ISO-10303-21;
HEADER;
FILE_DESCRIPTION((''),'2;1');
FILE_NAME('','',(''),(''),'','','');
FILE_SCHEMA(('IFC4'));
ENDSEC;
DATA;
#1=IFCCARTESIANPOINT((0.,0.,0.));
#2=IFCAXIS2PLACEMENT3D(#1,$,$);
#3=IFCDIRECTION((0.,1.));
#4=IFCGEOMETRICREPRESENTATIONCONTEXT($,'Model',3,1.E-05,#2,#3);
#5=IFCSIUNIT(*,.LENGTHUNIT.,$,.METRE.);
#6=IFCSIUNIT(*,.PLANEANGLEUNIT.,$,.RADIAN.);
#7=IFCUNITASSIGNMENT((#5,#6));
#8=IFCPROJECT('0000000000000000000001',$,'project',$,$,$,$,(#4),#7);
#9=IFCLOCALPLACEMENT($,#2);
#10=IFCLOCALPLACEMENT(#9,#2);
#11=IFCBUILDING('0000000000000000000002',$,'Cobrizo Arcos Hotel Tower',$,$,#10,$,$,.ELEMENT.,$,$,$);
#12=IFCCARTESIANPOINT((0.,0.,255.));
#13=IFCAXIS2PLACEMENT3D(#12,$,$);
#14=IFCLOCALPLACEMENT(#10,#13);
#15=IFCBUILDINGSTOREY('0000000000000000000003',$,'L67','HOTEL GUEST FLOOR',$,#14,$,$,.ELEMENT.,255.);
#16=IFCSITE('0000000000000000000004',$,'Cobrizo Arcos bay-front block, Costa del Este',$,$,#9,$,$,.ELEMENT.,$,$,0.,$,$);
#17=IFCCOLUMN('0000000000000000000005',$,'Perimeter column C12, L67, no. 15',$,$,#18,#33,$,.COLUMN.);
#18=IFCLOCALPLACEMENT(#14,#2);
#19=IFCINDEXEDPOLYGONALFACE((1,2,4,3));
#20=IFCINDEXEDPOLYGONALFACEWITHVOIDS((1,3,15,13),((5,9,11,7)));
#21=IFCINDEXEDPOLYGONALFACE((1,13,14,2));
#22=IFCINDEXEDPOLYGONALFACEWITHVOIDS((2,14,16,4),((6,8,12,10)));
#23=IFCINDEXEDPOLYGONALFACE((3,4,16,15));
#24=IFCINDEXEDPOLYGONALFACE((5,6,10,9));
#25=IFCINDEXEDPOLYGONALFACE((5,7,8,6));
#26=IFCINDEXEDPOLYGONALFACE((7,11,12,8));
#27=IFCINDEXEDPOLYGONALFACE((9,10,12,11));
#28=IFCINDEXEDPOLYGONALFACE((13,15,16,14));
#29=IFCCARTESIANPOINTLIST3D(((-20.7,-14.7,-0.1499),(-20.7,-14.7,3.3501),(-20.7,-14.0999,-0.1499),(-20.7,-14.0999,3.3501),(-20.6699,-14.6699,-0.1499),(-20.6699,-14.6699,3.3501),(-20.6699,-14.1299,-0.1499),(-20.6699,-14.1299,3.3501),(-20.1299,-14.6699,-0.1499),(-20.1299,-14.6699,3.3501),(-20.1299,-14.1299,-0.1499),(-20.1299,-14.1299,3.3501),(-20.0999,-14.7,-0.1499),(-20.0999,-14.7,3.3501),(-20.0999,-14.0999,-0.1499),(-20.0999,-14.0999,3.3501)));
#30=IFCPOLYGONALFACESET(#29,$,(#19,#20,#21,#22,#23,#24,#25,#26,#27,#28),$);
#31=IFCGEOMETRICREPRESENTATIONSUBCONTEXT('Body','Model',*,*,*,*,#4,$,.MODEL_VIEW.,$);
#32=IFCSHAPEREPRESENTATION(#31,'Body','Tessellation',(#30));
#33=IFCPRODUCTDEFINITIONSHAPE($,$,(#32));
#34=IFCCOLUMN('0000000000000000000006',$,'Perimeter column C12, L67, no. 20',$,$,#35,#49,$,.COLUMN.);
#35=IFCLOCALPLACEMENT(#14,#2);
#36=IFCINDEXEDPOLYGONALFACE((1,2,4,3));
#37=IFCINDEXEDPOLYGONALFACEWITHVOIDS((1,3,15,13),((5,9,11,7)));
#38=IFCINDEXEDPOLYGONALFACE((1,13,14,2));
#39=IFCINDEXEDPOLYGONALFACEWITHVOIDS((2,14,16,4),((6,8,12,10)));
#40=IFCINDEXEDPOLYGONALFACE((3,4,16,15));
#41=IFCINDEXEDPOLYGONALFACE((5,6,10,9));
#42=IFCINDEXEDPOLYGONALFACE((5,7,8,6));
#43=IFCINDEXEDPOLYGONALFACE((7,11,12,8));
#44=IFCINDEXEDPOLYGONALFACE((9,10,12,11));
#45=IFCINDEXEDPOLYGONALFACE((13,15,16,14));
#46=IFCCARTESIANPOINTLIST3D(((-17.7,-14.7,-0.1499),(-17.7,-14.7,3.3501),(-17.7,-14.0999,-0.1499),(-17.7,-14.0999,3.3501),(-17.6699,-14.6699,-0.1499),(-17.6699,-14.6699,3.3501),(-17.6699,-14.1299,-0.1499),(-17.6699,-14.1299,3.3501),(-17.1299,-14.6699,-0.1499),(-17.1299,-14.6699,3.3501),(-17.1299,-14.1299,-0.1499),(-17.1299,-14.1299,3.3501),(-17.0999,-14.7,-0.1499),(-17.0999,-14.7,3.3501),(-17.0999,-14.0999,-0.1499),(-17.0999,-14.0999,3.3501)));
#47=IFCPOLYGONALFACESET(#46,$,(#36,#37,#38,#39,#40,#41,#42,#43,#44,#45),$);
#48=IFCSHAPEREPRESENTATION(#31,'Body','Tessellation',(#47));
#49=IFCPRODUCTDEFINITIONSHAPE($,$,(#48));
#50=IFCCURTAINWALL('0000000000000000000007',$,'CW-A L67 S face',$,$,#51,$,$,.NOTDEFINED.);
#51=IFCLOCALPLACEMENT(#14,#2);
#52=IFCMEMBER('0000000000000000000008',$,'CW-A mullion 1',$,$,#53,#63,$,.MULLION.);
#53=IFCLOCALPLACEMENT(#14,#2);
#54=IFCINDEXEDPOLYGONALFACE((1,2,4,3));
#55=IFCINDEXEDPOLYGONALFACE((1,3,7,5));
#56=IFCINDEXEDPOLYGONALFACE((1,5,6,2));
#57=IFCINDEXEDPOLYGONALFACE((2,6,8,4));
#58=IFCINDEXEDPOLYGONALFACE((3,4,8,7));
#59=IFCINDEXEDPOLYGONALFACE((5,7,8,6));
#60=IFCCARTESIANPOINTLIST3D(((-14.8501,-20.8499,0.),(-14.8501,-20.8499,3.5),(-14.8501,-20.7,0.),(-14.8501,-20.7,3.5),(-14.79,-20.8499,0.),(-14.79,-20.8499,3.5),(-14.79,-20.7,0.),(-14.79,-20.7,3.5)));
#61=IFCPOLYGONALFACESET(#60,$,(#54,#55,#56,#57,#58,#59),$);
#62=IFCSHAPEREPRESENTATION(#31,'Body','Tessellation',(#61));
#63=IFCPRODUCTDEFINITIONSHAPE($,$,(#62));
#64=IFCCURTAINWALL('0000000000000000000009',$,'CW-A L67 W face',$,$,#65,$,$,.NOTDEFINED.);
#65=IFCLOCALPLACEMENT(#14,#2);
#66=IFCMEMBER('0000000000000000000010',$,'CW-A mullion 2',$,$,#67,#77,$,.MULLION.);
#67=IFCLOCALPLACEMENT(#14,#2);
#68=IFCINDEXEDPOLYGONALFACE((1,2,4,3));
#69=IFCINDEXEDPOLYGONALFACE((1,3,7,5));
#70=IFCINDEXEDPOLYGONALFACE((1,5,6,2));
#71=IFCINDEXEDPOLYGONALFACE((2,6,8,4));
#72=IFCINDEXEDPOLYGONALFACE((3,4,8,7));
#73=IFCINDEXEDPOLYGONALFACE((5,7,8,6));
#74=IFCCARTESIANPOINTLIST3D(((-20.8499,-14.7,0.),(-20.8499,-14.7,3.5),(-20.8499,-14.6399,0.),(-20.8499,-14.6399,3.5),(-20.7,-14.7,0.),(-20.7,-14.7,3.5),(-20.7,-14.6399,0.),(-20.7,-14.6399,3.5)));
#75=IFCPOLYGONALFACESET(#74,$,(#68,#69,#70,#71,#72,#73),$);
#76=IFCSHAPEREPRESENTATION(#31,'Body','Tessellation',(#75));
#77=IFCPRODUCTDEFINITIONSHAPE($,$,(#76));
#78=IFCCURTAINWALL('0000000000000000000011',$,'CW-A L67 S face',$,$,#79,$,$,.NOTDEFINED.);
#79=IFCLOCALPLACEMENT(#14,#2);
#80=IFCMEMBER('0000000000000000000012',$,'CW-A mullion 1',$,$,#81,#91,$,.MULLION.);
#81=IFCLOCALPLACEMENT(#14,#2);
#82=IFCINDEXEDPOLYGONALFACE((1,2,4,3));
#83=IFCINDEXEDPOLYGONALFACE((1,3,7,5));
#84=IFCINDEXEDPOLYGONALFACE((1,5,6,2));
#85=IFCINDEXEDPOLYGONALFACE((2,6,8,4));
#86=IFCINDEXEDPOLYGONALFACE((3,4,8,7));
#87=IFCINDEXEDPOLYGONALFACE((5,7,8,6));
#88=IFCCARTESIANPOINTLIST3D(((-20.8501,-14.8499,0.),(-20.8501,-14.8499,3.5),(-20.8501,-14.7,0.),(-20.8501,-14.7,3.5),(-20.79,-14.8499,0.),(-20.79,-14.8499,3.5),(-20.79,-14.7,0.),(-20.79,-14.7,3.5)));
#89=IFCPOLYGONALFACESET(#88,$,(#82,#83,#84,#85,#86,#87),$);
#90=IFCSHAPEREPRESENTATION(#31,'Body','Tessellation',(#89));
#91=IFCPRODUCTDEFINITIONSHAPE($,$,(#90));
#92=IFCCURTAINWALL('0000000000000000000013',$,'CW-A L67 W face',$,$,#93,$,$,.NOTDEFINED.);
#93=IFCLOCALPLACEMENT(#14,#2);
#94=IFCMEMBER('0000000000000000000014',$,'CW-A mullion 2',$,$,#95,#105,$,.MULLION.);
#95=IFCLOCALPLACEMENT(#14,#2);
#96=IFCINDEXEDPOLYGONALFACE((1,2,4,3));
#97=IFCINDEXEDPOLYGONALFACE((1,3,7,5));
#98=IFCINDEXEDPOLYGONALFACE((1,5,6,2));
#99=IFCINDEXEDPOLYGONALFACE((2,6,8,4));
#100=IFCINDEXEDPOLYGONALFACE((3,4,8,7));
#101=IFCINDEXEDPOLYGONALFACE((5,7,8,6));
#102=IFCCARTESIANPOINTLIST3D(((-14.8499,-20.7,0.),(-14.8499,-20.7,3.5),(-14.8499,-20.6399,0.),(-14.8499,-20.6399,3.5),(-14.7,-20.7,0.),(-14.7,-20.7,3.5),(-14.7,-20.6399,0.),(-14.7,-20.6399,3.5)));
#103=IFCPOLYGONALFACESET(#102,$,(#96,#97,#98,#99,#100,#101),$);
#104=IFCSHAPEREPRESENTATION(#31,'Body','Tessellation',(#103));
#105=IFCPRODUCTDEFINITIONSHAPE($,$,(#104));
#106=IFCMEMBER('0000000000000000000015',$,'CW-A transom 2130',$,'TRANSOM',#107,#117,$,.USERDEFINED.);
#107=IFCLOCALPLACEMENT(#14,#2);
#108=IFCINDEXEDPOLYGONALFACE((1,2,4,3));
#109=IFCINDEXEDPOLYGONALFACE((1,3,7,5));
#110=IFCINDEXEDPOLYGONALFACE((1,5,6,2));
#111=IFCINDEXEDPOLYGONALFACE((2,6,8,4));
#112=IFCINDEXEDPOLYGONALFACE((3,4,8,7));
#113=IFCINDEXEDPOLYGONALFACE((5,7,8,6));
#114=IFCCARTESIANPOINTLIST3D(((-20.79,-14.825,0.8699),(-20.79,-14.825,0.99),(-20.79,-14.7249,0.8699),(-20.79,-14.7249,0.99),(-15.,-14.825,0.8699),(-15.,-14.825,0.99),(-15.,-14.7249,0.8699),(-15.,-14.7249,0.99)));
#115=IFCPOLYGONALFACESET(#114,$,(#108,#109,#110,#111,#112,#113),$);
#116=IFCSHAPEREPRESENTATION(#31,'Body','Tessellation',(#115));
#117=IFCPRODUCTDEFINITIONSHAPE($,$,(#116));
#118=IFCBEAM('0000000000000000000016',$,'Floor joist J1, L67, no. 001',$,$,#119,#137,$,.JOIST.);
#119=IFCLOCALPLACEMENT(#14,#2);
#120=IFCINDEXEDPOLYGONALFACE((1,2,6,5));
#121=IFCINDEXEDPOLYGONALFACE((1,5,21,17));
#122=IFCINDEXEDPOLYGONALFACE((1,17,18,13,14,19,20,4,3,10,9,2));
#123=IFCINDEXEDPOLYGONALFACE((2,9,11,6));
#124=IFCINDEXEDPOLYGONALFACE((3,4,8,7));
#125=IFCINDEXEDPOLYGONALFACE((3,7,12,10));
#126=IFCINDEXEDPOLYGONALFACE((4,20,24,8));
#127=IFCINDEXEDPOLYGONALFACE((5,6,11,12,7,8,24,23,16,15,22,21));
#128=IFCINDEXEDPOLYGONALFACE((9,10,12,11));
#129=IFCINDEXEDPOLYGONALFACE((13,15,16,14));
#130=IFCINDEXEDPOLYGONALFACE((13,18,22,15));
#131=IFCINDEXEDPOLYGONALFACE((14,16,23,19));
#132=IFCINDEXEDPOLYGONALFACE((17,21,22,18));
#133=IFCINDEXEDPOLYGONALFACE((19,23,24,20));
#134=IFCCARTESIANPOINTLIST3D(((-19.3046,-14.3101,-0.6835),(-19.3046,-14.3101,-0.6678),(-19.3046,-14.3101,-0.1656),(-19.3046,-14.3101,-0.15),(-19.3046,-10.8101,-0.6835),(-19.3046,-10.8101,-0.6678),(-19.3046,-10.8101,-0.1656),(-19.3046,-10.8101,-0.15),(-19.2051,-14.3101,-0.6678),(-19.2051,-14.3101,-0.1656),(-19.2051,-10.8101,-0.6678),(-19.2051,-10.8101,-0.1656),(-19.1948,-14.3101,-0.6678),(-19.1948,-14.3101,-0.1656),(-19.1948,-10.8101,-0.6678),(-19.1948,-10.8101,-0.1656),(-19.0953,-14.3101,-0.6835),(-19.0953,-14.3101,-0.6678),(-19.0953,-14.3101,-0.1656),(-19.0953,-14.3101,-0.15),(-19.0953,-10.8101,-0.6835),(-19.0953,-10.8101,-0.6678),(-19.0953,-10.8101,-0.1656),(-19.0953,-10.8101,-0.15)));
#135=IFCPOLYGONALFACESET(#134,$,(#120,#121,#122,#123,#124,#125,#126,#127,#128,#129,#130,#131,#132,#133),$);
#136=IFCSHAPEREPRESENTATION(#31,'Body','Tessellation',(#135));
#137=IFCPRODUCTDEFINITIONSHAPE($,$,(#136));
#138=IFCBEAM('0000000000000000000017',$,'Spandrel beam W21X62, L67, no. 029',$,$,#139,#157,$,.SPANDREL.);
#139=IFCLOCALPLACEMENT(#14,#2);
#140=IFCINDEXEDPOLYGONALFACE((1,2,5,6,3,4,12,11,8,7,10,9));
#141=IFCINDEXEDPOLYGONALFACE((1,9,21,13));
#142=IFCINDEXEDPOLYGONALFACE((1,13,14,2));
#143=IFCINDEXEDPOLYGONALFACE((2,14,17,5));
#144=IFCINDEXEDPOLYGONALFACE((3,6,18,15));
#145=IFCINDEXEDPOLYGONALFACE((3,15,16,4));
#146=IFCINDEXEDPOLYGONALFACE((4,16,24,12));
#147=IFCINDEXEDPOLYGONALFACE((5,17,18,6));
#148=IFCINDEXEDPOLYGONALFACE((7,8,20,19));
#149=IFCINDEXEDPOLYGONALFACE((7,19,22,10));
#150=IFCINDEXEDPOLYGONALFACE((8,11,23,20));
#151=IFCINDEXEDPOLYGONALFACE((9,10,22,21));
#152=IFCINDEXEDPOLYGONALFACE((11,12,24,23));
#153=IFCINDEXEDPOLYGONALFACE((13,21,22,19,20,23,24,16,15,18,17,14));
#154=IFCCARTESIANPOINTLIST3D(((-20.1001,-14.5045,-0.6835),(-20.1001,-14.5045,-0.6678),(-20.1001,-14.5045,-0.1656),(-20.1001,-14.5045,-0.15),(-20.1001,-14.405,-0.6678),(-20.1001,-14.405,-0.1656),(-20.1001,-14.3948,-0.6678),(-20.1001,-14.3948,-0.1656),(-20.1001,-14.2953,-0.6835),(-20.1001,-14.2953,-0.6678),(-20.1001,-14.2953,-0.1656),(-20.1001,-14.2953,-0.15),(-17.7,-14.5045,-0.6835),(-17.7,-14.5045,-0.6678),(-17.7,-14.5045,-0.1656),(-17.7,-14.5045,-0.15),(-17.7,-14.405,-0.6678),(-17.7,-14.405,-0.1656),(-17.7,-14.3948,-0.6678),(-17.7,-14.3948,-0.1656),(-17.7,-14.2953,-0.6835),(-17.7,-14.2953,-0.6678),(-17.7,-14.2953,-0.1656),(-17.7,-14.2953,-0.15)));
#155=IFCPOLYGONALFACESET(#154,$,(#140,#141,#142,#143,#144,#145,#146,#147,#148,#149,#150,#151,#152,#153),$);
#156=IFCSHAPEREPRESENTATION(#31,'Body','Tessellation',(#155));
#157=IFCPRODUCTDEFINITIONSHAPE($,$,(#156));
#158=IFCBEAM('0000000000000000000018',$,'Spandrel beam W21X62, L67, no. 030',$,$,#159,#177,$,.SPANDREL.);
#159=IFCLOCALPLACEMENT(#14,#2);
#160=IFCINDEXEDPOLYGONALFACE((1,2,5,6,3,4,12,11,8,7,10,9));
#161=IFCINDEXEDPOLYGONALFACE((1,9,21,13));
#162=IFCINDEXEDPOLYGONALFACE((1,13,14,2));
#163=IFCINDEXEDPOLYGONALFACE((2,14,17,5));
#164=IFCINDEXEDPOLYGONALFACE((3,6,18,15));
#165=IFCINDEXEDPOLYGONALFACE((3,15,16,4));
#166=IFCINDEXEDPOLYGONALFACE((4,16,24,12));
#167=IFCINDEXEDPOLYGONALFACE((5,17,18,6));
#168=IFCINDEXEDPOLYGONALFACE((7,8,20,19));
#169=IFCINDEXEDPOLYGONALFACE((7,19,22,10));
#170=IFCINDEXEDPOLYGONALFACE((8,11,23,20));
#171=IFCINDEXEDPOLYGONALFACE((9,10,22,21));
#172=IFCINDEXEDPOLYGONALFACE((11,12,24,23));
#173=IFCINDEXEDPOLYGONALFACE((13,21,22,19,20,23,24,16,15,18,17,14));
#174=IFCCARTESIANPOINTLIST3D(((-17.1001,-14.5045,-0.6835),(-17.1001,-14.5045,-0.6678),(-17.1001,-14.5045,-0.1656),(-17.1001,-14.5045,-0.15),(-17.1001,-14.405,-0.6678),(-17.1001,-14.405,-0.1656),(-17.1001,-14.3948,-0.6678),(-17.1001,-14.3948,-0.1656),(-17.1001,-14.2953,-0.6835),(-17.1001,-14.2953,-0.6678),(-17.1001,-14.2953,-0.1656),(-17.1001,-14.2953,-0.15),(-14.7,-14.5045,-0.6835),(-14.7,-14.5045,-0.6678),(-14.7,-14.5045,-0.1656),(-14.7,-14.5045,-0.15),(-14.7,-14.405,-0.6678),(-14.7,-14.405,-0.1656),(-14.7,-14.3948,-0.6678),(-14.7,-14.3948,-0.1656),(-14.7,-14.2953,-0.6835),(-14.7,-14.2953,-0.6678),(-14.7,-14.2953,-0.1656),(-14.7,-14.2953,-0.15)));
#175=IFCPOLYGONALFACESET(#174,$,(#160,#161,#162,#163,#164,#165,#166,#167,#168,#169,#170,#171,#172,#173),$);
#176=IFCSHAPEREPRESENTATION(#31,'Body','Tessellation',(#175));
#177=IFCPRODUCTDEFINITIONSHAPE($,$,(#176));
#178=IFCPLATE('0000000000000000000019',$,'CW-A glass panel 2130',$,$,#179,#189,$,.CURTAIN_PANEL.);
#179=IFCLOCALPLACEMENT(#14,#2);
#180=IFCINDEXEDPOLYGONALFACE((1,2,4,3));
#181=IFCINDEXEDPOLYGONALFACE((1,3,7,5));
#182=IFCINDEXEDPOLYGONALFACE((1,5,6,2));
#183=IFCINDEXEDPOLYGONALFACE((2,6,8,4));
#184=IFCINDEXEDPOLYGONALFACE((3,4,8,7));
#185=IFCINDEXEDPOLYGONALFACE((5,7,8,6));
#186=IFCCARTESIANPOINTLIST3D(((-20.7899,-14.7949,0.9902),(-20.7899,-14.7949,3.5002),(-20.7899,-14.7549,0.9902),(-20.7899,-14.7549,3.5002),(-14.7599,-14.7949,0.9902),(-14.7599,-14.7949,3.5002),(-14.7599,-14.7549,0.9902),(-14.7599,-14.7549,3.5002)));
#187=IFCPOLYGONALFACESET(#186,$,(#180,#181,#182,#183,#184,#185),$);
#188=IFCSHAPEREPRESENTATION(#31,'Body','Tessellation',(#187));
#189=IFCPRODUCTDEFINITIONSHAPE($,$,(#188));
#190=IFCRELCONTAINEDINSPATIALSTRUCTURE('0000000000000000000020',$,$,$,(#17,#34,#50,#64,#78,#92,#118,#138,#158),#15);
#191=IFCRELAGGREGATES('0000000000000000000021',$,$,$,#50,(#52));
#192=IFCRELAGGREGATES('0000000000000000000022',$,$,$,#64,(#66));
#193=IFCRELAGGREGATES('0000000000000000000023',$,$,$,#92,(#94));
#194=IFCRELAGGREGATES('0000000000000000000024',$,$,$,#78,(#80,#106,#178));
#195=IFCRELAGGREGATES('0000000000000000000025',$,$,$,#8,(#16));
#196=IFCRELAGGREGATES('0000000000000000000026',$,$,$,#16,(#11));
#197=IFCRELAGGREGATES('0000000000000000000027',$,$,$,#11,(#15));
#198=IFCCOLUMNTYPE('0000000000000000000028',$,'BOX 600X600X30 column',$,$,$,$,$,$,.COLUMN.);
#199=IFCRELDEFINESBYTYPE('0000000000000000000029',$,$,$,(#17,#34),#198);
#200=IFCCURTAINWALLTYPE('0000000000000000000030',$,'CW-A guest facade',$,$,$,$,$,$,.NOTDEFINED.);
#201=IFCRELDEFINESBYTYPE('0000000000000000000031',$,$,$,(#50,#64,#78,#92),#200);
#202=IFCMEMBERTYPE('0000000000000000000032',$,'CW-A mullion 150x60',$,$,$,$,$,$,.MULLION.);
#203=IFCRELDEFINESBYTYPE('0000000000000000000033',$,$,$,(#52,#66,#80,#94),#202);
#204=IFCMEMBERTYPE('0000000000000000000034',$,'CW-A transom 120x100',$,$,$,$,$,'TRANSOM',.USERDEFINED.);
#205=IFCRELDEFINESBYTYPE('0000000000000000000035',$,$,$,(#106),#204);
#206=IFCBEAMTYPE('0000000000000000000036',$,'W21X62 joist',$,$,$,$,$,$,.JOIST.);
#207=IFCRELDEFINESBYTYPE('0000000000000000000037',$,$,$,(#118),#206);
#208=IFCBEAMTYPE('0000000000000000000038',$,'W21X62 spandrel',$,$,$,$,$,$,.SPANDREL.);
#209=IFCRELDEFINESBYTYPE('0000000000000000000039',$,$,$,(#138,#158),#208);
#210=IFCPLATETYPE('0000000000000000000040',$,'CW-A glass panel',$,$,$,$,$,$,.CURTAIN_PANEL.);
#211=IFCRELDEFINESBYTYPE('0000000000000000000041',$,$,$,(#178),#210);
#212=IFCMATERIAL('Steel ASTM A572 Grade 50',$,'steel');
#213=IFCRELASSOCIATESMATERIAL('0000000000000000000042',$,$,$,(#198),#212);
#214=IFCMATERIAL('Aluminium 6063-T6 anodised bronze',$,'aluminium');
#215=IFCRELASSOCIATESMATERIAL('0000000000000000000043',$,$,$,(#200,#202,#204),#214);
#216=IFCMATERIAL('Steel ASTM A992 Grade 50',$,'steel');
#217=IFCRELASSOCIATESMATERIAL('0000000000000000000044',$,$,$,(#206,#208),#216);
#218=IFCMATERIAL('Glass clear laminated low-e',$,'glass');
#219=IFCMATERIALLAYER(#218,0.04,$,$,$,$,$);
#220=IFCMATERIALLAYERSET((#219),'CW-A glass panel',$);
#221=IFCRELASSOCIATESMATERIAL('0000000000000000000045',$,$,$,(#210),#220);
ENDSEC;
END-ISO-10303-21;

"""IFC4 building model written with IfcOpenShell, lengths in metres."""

from ifc_helpers import new_model, si_unit, direction, frame, origin, origin_2d, place, context, subcontext, project, spatial, rectangle, hollow_rectangle, i_section, extrude, material, layer, layer_set, material_profile, profile_set, type_object, element, aggregate, save


model = new_model("IFC4")

# Units and contexts
model_context = context("Model", 3, precision=1e-05, world=origin(), true_north=direction((0.0, 1.0)))
body_context = subcontext(model_context, "Body", "Model", "MODEL_VIEW")
ifc_project = project(units=[si_unit("LENGTHUNIT", "METRE"), si_unit("PLANEANGLEUNIT", "RADIAN")], contexts=[model_context])

# Site, building, storey
site_placement = place(None, origin())
site = spatial("IfcSite", under=ifc_project, at=site_placement, Name="Cobrizo Arcos bay-front block, Costa del Este", CompositionType="ELEMENT", RefElevation=0.0)
building_placement = place(site_placement, origin())
building = spatial("IfcBuilding", under=site, at=building_placement, Name="Cobrizo Arcos Hotel Tower", CompositionType="ELEMENT")
storey_placement = place(building_placement, frame((0.0, 0.0, 255.0)))
storey = spatial("IfcBuildingStorey", under=building, at=storey_placement, Name="L67", Description="HOTEL GUEST FLOOR", CompositionType="ELEMENT", Elevation=255.0)

# Columns
ifc_material_1 = material(Name="Steel ASTM A572 Grade 50", Category="steel")
ifc_material_profile_1 = material_profile(ifc_material_1, hollow_rectangle(XDim=0.6001, YDim=0.6001, WallThickness=0.03, at=origin_2d()), Name="BOX 600X600X30")
ifc_profile_set_1 = profile_set([ifc_material_profile_1], Name="Steel ASTM A572 Grade 50")
column_type = type_object("IfcColumnType", Name="BOX 600X600X30 column", PredefinedType="COLUMN", material=ifc_profile_set_1)
for number, where, z_axis, x_axis, name in (
    (1, (-20.3999, -14.3999, -0.1499), (0.0, 0.0, 1.0), (1.0, 0.0, 0.0), "Perimeter column C12, L67, no. 15"),
    (2, (-17.3999, -14.3999, -0.1499), (0.0, 0.0, 1.0), (1.0, 0.0, 0.0), "Perimeter column C12, L67, no. 20"),
):
    element("IfcColumn", number, at=place(storey_placement, frame(where, z_axis=z_axis, x_axis=x_axis)), inside=storey, type_object=column_type, Name=name, PredefinedType="COLUMN", context=body_context, shape_type="SweptSolid", body=[
        extrude(hollow_rectangle(XDim=0.6001, YDim=0.6001, WallThickness=0.03, at=origin_2d()), origin(), (0.0, 0.0, 1.0), 3.5),
    ])

# Curtain walls, members
ifc_material_2 = material(Name="Aluminium 6063-T6 anodised bronze", Category="aluminium")
curtain_wall_type = type_object("IfcCurtainWallType", Name="CW-A guest facade", PredefinedType="NOTDEFINED", material=ifc_material_2)
curtain_wall_1_placement = place(storey_placement, origin())
curtain_wall_1 = element("IfcCurtainWall", 3, at=curtain_wall_1_placement, inside=storey, type_object=curtain_wall_type, Name="CW-A L67 S face", PredefinedType="NOTDEFINED")
ifc_material_profile_2 = material_profile(ifc_material_2, rectangle(XDim=0.1499, YDim=0.0601, at=origin_2d()), Name="CW-A mullion 150x60")
ifc_profile_set_2 = profile_set([ifc_material_profile_2], Name="Aluminium 6063-T6 anodised bronze")
member_type_1 = type_object("IfcMemberType", Name="CW-A mullion 150x60", PredefinedType="MULLION", material=ifc_profile_set_2)
member_1_placement = place(storey_placement, frame((-14.8201, -20.7749, 0.0), z_axis=(0.0, 0.0, 1.0), x_axis=(0.0, -1.0, 0.0)))
member_1 = element("IfcMember", 4, at=member_1_placement, type_object=member_type_1, Name="CW-A mullion 1", PredefinedType="MULLION", context=body_context, shape_type="SweptSolid", body=[
    extrude(rectangle(XDim=0.1499, YDim=0.0601, at=origin_2d()), origin(), (0.0, 0.0, 1.0), 3.5),
])
aggregate(curtain_wall_1, [member_1])
curtain_wall_2_placement = place(storey_placement, origin())
curtain_wall_2 = element("IfcCurtainWall", 5, at=curtain_wall_2_placement, inside=storey, type_object=curtain_wall_type, Name="CW-A L67 W face", PredefinedType="NOTDEFINED")
member_2_placement = place(storey_placement, frame((-20.7749, -14.6699, 0.0), z_axis=(0.0, 0.0, 1.0), x_axis=(-1.0, 0.0, 0.0)))
member_2 = element("IfcMember", 6, at=member_2_placement, type_object=member_type_1, Name="CW-A mullion 2", PredefinedType="MULLION", context=body_context, shape_type="SweptSolid", body=[
    extrude(rectangle(XDim=0.1499, YDim=0.0601, at=origin_2d()), origin(), (0.0, 0.0, 1.0), 3.5),
])
aggregate(curtain_wall_2, [member_2])
curtain_wall_3_placement = place(storey_placement, origin())
curtain_wall_3 = element("IfcCurtainWall", 7, at=curtain_wall_3_placement, inside=storey, type_object=curtain_wall_type, Name="CW-A L67 S face", PredefinedType="NOTDEFINED")
member_3_placement = place(storey_placement, frame((-20.8201, -14.7749, 0.0), z_axis=(0.0, 0.0, 1.0), x_axis=(0.0, -1.0, 0.0)))
member_3 = element("IfcMember", 8, at=member_3_placement, type_object=member_type_1, Name="CW-A mullion 1", PredefinedType="MULLION", context=body_context, shape_type="SweptSolid", body=[
    extrude(rectangle(XDim=0.1499, YDim=0.0601, at=origin_2d()), origin(), (0.0, 0.0, 1.0), 3.5),
])
curtain_wall_4_placement = place(storey_placement, origin())
curtain_wall_4 = element("IfcCurtainWall", 9, at=curtain_wall_4_placement, inside=storey, type_object=curtain_wall_type, Name="CW-A L67 W face", PredefinedType="NOTDEFINED")
member_4_placement = place(storey_placement, frame((-14.7749, -20.6699, 0.0), z_axis=(0.0, 0.0, 1.0), x_axis=(-1.0, 0.0, 0.0)))
member_4 = element("IfcMember", 10, at=member_4_placement, type_object=member_type_1, Name="CW-A mullion 2", PredefinedType="MULLION", context=body_context, shape_type="SweptSolid", body=[
    extrude(rectangle(XDim=0.1499, YDim=0.0601, at=origin_2d()), origin(), (0.0, 0.0, 1.0), 3.5),
])
aggregate(curtain_wall_4, [member_4])

# Member
ifc_material_profile_3 = material_profile(ifc_material_2, rectangle(XDim=0.1001, YDim=0.1201, at=origin_2d()), Name="CW-A transom 120x100")
ifc_profile_set_3 = profile_set([ifc_material_profile_3], Name="Aluminium 6063-T6 anodised bronze")
member_type_2 = type_object("IfcMemberType", Name="CW-A transom 120x100", ElementType="TRANSOM", PredefinedType="USERDEFINED", material=ifc_profile_set_3)
member_5_placement = place(storey_placement, frame((-20.79, -14.7749, 0.9299), z_axis=(1.0, 0.0, 0.0), x_axis=(0.0, 1.0, 0.0)))
member_5 = element("IfcMember", 11, at=member_5_placement, type_object=member_type_2, Name="CW-A transom 2130", ObjectType="TRANSOM", PredefinedType="USERDEFINED", context=body_context, shape_type="SweptSolid", body=[
    extrude(rectangle(XDim=0.1001, YDim=0.1201, at=origin_2d()), origin(), (0.0, 0.0, 1.0), 5.79),
])

# Beams
ifc_material_3 = material(Name="Steel ASTM A992 Grade 50", Category="steel")
ifc_material_profile_4 = material_profile(ifc_material_3, i_section(OverallWidth=0.2092, OverallDepth=0.5334, WebThickness=0.0103, FlangeThickness=0.0156, at=origin_2d()), Name="W21X62")
ifc_profile_set_4 = profile_set([ifc_material_profile_4], Name="Steel ASTM A992 Grade 50")
beam_type_1 = type_object("IfcBeamType", Name="W21X62 joist", PredefinedType="JOIST", material=ifc_profile_set_4)
beam_placement = place(storey_placement, frame((-19.2, -14.3101, -0.4167), z_axis=(0.0, 1.0, 0.0), x_axis=(-1.0, 0.0, 0.0)))
element("IfcBeam", 12, at=beam_placement, inside=storey, type_object=beam_type_1, Name="Floor joist J1, L67, no. 001", PredefinedType="JOIST", context=body_context, shape_type="SweptSolid", body=[
    extrude(i_section(OverallWidth=0.2092, OverallDepth=0.5334, WebThickness=0.0103, FlangeThickness=0.0156, at=origin_2d()), origin(), (0.0, 0.0, 1.0), 3.5),
])
ifc_material_profile_5 = material_profile(ifc_material_3, i_section(OverallWidth=0.2092, OverallDepth=0.5334, WebThickness=0.0103, FlangeThickness=0.0156, at=origin_2d()), Name="W21X62")
ifc_profile_set_5 = profile_set([ifc_material_profile_5], Name="Steel ASTM A992 Grade 50")
beam_type_2 = type_object("IfcBeamType", Name="W21X62 spandrel", PredefinedType="SPANDREL", material=ifc_profile_set_5)
for number, where, z_axis, x_axis, name in (
    (13, (-20.1001, -14.3999, -0.4167), (1.0, 0.0, 0.0), (0.0, 1.0, 0.0), "Spandrel beam W21X62, L67, no. 029"),
    (14, (-17.1001, -14.3999, -0.4167), (1.0, 0.0, 0.0), (0.0, 1.0, 0.0), "Spandrel beam W21X62, L67, no. 030"),
):
    element("IfcBeam", number, at=place(storey_placement, frame(where, z_axis=z_axis, x_axis=x_axis)), inside=storey, type_object=beam_type_2, Name=name, PredefinedType="SPANDREL", context=body_context, shape_type="SweptSolid", body=[
        extrude(i_section(OverallWidth=0.2092, OverallDepth=0.5334, WebThickness=0.0103, FlangeThickness=0.0156, at=origin_2d()), origin(), (0.0, 0.0, 1.0), 2.4001),
    ])

# Plate
ifc_material_4 = material(Name="Glass clear laminated low-e", Category="glass")
ifc_layer_1 = layer(ifc_material_4, 0.04)
ifc_layer_set_1 = layer_set([ifc_layer_1], Name="CW-A glass panel")
plate_type_1 = type_object("IfcPlateType", Name="CW-A glass panel", PredefinedType="CURTAIN_PANEL", material=ifc_layer_set_1)
plate_1_placement = place(storey_placement, frame((-17.7749, -14.7749, 0.9902), z_axis=(0.0, 0.0, 1.0), x_axis=(1.0, 0.0, 0.0)))
plate_1 = element("IfcPlate", 15, at=plate_1_placement, type_object=plate_type_1, Name="CW-A glass panel 2130", PredefinedType="CURTAIN_PANEL", context=body_context, shape_type="SweptSolid", body=[
    extrude(rectangle(XDim=6.03, YDim=0.04, at=origin_2d()), origin(), (0.0, 0.0, 1.0), 2.51),
])
aggregate(curtain_wall_3, [member_3, member_5, plate_1])

save(model, "model.ifc")
